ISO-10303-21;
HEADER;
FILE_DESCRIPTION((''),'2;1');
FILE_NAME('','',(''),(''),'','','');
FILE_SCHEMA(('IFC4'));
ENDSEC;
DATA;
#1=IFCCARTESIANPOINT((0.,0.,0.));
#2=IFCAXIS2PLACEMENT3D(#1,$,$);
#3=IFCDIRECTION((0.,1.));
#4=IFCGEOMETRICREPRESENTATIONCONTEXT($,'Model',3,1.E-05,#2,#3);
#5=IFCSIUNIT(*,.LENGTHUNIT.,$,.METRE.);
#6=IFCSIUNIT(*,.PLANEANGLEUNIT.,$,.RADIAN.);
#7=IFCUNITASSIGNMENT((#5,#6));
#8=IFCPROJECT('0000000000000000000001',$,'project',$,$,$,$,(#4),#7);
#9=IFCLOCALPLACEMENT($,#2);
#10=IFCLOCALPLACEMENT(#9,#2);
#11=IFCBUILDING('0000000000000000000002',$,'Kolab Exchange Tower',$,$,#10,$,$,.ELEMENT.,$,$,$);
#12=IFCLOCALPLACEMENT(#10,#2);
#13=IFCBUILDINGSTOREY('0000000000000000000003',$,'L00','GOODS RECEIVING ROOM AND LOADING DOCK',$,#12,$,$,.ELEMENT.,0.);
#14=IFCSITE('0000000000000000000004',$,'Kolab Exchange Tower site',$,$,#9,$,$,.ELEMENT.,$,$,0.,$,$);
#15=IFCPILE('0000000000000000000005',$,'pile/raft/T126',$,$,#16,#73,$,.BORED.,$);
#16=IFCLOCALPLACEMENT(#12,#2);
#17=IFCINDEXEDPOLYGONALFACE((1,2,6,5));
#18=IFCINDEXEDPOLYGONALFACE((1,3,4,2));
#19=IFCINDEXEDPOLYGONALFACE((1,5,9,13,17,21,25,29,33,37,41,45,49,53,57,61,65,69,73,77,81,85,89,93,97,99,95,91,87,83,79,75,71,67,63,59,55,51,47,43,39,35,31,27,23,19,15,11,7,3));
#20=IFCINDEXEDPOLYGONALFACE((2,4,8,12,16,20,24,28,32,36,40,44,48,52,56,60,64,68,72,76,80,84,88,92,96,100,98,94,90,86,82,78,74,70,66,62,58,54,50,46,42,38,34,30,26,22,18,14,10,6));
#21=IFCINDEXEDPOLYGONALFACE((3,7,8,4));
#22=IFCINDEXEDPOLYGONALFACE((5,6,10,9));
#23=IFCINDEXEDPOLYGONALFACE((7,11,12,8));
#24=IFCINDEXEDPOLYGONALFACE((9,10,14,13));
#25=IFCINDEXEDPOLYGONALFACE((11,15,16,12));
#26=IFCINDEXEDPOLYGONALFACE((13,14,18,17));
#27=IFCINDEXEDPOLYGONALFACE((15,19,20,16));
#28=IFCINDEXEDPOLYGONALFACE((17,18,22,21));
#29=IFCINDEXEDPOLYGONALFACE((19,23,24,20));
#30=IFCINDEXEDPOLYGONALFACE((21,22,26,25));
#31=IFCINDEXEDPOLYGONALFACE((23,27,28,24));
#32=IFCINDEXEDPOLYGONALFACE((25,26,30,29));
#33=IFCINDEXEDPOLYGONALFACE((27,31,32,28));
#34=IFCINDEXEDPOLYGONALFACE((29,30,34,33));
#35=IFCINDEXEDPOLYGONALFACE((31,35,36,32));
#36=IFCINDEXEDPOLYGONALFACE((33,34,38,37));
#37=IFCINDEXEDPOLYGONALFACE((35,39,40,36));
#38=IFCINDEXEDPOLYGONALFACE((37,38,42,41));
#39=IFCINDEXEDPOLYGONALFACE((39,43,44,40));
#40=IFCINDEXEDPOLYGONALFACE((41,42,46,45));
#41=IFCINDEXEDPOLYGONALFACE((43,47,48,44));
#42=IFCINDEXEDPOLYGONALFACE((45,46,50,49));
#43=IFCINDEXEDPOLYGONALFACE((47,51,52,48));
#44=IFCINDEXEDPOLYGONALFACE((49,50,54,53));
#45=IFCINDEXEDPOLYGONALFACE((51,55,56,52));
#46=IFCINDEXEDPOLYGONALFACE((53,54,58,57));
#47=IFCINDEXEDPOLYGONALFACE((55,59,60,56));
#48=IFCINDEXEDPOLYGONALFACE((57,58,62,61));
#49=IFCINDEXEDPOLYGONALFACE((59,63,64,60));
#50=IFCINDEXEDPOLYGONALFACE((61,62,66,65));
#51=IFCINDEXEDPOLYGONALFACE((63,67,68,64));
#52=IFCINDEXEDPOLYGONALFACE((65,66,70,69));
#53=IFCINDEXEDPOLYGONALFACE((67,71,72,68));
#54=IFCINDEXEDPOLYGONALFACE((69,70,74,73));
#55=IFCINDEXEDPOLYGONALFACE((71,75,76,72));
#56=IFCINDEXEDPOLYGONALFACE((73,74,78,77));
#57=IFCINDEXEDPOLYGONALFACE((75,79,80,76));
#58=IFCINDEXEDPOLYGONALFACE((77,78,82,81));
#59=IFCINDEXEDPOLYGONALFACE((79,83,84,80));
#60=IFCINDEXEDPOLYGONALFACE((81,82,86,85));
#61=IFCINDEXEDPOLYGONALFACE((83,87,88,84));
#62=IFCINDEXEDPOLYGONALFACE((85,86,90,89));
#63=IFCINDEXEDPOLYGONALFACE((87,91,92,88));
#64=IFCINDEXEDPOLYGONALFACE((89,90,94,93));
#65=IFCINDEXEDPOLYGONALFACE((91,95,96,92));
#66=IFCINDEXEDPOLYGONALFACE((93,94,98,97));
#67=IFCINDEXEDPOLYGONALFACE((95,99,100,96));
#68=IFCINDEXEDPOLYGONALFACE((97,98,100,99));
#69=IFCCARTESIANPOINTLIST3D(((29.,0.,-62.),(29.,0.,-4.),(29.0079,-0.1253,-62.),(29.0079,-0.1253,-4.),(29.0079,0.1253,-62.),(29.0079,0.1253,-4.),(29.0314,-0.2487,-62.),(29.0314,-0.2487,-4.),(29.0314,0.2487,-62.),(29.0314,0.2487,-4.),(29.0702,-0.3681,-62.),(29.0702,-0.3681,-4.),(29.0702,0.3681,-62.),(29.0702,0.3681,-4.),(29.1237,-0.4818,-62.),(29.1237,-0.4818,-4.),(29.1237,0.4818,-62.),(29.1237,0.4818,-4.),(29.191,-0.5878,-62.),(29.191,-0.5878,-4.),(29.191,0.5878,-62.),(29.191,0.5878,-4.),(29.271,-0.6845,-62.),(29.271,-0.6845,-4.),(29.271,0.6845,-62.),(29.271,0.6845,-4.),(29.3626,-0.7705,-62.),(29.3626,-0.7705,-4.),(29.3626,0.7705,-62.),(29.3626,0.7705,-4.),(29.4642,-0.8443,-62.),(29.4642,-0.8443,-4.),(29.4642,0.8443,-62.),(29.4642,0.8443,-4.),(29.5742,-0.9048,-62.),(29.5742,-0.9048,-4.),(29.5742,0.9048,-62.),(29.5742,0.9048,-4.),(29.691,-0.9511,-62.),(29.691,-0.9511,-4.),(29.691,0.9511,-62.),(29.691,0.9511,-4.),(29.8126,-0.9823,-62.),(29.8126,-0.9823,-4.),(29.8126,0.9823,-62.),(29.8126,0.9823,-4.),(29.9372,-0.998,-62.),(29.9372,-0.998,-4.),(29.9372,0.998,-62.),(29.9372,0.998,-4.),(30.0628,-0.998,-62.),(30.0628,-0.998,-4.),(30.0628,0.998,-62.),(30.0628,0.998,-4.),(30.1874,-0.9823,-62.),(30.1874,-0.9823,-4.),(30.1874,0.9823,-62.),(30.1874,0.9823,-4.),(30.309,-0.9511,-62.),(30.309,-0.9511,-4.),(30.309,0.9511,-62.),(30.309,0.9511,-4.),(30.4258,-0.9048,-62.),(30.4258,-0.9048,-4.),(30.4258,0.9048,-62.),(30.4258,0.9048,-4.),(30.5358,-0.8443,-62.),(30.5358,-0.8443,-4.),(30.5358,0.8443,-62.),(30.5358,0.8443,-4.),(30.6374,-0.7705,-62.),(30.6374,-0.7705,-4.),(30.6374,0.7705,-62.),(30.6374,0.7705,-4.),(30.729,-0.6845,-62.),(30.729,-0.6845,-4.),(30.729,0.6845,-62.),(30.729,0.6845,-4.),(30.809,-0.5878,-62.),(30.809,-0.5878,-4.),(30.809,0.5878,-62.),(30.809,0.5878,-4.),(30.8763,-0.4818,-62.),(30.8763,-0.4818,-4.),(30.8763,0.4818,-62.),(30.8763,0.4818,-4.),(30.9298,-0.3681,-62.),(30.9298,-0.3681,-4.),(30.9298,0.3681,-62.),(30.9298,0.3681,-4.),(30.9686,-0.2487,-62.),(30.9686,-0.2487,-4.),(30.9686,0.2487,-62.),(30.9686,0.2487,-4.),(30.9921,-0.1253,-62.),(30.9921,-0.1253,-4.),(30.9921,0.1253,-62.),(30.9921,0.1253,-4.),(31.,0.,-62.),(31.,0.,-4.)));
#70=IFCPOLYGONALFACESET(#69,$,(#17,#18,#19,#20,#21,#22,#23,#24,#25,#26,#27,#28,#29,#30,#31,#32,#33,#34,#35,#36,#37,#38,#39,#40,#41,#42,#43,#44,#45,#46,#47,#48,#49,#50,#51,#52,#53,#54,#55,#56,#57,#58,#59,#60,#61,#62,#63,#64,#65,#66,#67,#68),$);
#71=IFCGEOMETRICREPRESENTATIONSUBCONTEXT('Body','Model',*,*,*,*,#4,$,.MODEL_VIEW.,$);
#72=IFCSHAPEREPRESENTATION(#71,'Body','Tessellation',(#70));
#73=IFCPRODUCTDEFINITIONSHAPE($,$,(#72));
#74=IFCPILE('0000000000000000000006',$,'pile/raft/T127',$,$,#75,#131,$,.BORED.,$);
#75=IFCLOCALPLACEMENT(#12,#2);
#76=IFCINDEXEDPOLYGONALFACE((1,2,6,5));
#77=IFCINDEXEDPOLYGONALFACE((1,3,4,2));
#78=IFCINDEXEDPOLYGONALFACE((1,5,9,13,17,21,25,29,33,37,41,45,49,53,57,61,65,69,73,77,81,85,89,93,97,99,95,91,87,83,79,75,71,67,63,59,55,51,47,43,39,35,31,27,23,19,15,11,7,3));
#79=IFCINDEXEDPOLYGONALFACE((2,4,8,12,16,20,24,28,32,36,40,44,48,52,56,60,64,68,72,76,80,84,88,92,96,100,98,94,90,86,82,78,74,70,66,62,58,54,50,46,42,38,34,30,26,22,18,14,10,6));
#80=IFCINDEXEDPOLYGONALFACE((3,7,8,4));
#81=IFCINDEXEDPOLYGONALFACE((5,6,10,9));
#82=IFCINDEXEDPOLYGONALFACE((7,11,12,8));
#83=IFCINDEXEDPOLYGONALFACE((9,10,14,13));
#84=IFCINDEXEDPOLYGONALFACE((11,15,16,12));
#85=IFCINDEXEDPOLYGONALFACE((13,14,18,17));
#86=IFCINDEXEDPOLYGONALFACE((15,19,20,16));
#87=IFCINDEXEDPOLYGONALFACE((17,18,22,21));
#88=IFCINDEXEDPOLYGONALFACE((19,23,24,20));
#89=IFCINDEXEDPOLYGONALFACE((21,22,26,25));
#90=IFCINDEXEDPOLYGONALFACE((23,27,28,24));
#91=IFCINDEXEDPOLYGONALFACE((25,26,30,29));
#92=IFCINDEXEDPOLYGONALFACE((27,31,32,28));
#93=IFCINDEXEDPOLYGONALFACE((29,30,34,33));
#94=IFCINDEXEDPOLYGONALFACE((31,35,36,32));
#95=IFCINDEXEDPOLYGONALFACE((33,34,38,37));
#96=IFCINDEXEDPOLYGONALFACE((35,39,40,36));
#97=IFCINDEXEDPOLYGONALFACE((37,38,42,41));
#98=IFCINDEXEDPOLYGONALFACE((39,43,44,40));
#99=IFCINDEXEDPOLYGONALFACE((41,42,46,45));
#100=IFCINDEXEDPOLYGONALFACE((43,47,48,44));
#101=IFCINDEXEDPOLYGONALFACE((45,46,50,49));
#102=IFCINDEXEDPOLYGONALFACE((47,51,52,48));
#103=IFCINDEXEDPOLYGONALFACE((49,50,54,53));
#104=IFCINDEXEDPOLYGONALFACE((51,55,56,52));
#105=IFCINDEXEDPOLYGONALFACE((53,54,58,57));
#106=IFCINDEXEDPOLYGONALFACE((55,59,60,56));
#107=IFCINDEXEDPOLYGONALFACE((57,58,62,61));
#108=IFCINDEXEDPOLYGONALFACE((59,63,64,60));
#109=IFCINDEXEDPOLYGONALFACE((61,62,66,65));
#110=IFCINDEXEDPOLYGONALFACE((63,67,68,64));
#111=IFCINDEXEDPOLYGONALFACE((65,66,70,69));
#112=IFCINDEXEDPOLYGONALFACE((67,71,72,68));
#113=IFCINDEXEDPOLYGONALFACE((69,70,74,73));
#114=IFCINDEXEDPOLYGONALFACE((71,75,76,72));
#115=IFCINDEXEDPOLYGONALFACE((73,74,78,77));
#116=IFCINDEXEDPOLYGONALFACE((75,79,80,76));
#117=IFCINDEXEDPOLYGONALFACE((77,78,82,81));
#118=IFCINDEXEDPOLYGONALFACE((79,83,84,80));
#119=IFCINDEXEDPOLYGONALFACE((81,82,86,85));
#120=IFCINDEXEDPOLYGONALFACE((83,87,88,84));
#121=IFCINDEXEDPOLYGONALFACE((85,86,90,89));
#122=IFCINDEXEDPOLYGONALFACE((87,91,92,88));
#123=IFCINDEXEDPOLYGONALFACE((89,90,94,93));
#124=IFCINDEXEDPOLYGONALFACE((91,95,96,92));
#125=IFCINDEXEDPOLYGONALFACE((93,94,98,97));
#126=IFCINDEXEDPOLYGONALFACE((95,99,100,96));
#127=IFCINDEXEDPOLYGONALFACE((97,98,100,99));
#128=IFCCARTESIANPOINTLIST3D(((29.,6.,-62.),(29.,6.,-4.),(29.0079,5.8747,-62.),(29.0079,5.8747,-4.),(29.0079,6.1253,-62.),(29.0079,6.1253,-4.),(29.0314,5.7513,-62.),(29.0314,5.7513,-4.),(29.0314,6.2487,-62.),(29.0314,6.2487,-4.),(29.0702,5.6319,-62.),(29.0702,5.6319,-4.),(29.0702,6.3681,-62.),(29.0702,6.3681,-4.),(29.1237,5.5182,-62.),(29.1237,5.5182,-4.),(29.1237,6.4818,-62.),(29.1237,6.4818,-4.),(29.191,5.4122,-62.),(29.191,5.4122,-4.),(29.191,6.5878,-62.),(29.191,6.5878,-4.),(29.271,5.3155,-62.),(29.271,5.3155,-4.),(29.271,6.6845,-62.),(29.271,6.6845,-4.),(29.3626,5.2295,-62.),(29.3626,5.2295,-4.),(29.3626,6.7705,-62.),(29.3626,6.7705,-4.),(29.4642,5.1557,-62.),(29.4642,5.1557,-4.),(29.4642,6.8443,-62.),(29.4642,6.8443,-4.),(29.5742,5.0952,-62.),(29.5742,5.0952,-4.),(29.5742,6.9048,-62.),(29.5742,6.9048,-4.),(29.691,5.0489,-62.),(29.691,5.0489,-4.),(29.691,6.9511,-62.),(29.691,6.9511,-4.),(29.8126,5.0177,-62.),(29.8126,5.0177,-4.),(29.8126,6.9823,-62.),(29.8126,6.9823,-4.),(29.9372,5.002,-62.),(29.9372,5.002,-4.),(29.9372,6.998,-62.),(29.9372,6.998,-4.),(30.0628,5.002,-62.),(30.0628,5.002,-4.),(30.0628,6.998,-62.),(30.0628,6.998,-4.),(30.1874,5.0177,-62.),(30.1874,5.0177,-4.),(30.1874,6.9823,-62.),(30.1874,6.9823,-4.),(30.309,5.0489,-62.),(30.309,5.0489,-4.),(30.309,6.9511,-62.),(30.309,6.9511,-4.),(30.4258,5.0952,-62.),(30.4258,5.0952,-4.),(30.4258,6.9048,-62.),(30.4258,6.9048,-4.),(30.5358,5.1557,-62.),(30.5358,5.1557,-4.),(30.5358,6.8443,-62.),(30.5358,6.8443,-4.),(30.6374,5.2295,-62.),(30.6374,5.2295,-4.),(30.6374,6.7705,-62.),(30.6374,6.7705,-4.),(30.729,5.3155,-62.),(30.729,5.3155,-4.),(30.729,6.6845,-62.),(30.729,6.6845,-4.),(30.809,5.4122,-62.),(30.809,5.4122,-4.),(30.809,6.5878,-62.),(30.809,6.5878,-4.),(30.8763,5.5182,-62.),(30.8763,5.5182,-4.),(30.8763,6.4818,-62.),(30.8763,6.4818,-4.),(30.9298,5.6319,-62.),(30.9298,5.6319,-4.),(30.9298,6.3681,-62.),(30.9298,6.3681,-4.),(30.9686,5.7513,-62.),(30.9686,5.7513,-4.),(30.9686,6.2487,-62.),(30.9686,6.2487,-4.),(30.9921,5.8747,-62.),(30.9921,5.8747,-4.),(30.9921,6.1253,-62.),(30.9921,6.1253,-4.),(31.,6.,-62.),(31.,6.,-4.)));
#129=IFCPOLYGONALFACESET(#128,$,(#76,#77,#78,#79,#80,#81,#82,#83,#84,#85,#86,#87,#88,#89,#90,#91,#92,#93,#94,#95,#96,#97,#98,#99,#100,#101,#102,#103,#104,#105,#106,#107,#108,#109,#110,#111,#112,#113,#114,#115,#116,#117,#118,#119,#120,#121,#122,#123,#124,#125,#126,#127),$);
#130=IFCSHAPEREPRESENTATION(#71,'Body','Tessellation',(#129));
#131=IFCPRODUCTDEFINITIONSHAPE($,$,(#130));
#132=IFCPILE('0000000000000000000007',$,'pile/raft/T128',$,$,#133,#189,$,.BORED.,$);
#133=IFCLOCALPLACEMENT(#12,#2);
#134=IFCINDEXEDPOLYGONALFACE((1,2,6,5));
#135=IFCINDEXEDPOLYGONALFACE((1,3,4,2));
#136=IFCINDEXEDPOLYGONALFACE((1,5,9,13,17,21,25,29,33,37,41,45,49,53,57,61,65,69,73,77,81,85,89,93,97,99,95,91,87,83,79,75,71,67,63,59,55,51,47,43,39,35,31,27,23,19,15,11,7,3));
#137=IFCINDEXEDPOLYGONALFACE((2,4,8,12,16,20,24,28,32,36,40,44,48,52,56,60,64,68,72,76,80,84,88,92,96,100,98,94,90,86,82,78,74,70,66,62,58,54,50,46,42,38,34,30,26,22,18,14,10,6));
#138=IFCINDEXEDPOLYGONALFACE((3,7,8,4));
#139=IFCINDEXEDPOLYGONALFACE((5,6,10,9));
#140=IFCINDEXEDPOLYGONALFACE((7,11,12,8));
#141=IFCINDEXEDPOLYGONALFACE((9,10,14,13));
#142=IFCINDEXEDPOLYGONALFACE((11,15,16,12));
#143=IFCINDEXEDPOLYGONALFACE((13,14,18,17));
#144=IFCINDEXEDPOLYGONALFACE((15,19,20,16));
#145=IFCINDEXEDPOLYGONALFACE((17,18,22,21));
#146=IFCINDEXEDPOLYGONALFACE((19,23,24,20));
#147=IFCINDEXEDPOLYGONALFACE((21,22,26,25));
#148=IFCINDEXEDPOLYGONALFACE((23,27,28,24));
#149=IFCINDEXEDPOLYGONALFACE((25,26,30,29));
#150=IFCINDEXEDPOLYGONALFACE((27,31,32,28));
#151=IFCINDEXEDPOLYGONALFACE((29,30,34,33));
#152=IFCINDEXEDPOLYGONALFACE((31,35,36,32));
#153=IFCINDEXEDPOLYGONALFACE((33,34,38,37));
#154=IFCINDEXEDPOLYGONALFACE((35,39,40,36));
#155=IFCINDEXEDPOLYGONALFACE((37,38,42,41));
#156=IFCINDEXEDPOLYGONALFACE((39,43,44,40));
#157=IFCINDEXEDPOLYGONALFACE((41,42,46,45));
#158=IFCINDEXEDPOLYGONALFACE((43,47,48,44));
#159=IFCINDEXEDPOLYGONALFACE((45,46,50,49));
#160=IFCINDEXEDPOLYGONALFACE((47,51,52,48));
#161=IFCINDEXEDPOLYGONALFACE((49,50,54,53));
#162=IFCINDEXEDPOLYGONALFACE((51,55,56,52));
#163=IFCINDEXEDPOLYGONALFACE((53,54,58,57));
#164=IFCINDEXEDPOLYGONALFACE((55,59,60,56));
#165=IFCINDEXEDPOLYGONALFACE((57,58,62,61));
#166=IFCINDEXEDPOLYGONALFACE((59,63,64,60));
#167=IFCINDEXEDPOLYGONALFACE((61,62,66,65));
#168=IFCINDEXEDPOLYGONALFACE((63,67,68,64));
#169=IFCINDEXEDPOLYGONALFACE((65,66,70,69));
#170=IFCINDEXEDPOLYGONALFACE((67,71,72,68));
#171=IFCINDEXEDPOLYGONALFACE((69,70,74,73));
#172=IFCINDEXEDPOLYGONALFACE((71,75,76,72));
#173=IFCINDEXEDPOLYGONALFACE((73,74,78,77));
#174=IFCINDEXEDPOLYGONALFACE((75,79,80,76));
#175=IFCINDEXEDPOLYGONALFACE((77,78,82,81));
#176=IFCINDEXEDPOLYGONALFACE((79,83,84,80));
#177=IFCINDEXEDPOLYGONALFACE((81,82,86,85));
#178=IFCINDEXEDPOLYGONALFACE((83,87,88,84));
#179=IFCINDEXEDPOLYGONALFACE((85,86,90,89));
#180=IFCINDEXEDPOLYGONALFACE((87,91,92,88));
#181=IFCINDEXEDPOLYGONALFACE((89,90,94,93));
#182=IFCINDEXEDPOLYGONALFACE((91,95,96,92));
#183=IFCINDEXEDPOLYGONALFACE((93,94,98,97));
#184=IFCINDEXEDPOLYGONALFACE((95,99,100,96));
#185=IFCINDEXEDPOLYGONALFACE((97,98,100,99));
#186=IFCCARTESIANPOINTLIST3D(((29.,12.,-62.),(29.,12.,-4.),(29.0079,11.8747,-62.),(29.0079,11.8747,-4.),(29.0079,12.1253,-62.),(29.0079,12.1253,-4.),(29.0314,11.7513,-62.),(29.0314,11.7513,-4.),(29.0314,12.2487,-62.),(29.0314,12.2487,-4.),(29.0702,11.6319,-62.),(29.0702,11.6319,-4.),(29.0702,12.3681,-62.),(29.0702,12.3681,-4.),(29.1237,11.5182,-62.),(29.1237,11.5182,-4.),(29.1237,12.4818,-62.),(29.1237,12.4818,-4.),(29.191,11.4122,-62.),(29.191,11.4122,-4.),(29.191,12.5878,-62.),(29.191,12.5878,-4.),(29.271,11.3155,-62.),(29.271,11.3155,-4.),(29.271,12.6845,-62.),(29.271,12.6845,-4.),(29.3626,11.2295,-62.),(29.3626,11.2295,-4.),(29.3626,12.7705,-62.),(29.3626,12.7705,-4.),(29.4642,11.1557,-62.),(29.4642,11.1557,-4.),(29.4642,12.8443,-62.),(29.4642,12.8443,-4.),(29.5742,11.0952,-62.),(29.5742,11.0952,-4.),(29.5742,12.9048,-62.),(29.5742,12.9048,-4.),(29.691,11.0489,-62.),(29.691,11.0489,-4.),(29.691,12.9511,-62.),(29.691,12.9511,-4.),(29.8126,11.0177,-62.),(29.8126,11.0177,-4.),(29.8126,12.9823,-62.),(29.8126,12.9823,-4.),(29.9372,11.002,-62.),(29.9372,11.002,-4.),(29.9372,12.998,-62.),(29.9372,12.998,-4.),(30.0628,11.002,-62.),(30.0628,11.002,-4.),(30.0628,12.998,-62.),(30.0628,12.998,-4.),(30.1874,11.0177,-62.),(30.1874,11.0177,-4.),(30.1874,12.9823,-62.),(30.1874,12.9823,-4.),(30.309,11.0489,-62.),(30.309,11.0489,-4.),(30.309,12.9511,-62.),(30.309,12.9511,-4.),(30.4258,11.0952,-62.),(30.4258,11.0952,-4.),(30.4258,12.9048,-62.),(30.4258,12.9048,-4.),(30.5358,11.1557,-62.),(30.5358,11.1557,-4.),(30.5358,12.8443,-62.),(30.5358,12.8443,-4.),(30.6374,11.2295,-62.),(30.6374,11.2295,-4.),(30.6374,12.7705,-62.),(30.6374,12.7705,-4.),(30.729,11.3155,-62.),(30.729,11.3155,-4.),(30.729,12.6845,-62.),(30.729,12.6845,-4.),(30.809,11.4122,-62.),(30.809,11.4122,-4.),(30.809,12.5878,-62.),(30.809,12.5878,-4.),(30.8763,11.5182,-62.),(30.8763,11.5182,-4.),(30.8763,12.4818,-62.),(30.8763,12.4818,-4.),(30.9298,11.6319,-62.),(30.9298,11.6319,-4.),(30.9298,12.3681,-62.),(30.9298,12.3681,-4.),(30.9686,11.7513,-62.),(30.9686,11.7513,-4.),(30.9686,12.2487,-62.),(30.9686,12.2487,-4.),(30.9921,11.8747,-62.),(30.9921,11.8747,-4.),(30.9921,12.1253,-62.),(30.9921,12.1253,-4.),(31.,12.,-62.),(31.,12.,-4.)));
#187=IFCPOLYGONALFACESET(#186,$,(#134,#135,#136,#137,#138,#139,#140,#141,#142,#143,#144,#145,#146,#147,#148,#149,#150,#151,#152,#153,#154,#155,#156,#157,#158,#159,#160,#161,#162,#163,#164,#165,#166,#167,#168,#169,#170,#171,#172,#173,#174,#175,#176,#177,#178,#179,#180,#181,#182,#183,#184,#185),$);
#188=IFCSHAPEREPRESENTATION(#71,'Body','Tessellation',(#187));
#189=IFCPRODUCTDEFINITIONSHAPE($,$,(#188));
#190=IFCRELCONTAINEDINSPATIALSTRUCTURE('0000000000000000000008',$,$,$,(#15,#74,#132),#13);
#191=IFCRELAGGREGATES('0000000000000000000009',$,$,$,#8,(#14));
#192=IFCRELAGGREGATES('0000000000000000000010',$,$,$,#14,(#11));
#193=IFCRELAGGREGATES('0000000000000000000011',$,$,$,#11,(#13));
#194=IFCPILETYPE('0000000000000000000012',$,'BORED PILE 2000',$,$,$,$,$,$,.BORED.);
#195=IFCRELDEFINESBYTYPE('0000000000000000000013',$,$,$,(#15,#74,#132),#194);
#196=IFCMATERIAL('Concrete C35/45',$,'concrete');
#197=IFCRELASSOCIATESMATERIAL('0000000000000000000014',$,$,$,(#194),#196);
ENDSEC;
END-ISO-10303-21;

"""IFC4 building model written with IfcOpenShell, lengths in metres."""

from ifc_helpers import new_model, si_unit, direction, frame, origin, origin_2d, place, context, subcontext, project, spatial, circle, extrude, material, material_profile, profile_set, type_object, element, save


model = new_model("IFC4")

# Units and contexts
model_context = context("Model", 3, precision=1e-05, world=origin(), true_north=direction((0.0, 1.0)))
body_context = subcontext(model_context, "Body", "Model", "MODEL_VIEW")
ifc_project = project(units=[si_unit("LENGTHUNIT", "METRE"), si_unit("PLANEANGLEUNIT", "RADIAN")], contexts=[model_context])

# Site, building, storey
site_placement = place(None, origin())
site = spatial("IfcSite", under=ifc_project, at=site_placement, Name="Kolab Exchange Tower site", CompositionType="ELEMENT", RefElevation=0.0)
building_placement = place(site_placement, origin())
building = spatial("IfcBuilding", under=site, at=building_placement, Name="Kolab Exchange Tower", CompositionType="ELEMENT")
storey_placement = place(building_placement, origin())
storey = spatial("IfcBuildingStorey", under=building, at=storey_placement, Name="L00", Description="GOODS RECEIVING ROOM AND LOADING DOCK", CompositionType="ELEMENT", Elevation=0.0)

# Piles
ifc_material_1 = material(Name="Concrete C35/45", Category="concrete")
ifc_material_profile_1 = material_profile(ifc_material_1, circle(Radius=1.0, at=origin_2d()), Name="BP2000")
ifc_profile_set_1 = profile_set([ifc_material_profile_1], Name="Concrete C35/45")
pile_type_1 = type_object("IfcPileType", Name="BORED PILE 2000", PredefinedType="BORED", material=ifc_profile_set_1)
for number, where, z_axis, x_axis, name in (
    (1, (30.0, 0.0, -4.0), (0.0, 0.0, -1.0), (1.0, 0.0, 0.0), "pile/raft/T126"),
    (2, (30.0, 6.0, -4.0), (0.0, 0.0, -1.0), (1.0, 0.0, 0.0), "pile/raft/T127"),
    (3, (30.0, 12.0, -4.0), (0.0, 0.0, -1.0), (1.0, 0.0, 0.0), "pile/raft/T128"),
):
    element("IfcPile", number, at=place(storey_placement, frame(where, z_axis=z_axis, x_axis=x_axis)), inside=storey, type_object=pile_type_1, Name=name, PredefinedType="BORED", context=body_context, shape_type="SweptSolid", body=[
        extrude(circle(Radius=1.0, at=origin_2d()), origin(), (0.0, 0.0, 1.0), 58.0),
    ])

save(model, "model.ifc")
